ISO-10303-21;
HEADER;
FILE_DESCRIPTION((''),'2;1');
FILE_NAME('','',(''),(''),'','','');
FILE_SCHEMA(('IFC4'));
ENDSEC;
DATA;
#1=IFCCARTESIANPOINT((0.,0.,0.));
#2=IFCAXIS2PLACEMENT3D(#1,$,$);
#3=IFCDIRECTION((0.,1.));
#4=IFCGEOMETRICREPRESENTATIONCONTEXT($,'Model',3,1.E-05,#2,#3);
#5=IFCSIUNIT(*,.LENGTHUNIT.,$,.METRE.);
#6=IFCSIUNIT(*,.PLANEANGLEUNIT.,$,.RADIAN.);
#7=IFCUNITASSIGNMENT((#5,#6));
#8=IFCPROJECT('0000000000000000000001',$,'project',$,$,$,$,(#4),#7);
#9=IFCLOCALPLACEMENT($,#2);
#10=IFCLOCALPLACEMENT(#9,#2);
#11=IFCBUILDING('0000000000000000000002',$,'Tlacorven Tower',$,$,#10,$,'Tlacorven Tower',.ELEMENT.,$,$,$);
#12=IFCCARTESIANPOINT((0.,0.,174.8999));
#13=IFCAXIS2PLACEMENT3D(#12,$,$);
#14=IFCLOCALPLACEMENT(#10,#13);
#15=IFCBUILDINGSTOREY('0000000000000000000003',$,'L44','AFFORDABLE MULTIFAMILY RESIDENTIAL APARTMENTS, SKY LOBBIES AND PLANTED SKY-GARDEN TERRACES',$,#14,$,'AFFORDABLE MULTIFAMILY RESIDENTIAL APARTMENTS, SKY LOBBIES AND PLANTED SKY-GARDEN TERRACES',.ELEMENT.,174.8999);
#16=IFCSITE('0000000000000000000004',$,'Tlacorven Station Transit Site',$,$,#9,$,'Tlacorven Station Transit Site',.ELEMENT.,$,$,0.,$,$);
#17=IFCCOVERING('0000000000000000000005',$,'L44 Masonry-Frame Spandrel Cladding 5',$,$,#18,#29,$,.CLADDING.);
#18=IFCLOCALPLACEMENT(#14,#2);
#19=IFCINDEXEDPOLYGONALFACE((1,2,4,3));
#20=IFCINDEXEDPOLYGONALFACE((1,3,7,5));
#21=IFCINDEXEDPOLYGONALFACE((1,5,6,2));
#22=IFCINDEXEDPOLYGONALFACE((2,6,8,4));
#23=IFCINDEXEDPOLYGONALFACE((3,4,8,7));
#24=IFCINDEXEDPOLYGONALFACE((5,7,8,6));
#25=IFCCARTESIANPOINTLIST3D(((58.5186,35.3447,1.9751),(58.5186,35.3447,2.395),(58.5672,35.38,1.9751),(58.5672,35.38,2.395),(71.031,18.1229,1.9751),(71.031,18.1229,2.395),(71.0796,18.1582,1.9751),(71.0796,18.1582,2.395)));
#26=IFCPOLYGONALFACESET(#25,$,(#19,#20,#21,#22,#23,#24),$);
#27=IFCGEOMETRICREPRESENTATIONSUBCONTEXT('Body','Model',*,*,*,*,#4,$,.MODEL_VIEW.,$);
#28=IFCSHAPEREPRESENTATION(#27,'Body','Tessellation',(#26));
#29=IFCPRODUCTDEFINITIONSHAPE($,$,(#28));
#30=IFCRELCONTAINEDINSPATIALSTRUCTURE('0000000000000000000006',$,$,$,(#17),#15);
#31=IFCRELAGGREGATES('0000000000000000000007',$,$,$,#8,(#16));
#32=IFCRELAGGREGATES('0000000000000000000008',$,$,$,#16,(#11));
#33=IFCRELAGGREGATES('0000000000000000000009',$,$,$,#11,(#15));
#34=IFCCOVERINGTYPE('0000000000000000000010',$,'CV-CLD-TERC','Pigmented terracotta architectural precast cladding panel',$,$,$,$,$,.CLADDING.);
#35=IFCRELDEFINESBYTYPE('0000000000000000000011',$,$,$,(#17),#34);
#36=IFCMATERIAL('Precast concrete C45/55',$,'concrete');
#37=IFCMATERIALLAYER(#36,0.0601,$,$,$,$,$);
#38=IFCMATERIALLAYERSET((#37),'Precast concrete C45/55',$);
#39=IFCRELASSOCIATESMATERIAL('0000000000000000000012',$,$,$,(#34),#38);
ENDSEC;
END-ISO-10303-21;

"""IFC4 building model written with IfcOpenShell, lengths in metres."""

from ifc_helpers import new_model, si_unit, direction, frame, origin, origin_2d, place, context, subcontext, project, spatial, rectangle, extrude, source, transform, mapped, material, layer, layer_set, type_object, element, save


model = new_model("IFC4")

# Units and contexts
model_context = context("Model", 3, precision=1e-05, world=origin(), true_north=direction((0.0, 1.0)))
body_context = subcontext(model_context, "Body", "Model", "MODEL_VIEW")
ifc_project = project(units=[si_unit("LENGTHUNIT", "METRE"), si_unit("PLANEANGLEUNIT", "RADIAN")], contexts=[model_context])

# Site, building, storey
site_placement = place(None, origin())
site = spatial("IfcSite", under=ifc_project, at=site_placement, Name="Tlacorven Station Transit Site", LongName="Tlacorven Station Transit Site", CompositionType="ELEMENT", RefElevation=0.0)
building_placement = place(site_placement, origin())
building = spatial("IfcBuilding", under=site, at=building_placement, Name="Tlacorven Tower", LongName="Tlacorven Tower", CompositionType="ELEMENT")
storey_placement = place(building_placement, frame((0.0, 0.0, 174.8999)))
storey = spatial("IfcBuildingStorey", under=building, at=storey_placement, Name="L44", Description="AFFORDABLE MULTIFAMILY RESIDENTIAL APARTMENTS, SKY LOBBIES AND PLANTED SKY-GARDEN TERRACES", LongName="AFFORDABLE MULTIFAMILY RESIDENTIAL APARTMENTS, SKY LOBBIES AND PLANTED SKY-GARDEN TERRACES", CompositionType="ELEMENT", Elevation=174.8999)

# Covering
ifc_material_1 = material(Name="Precast concrete C45/55", Category="concrete")
ifc_layer_1 = layer(ifc_material_1, 0.0601)
ifc_layer_set_1 = layer_set([ifc_layer_1], Name="Precast concrete C45/55")
covering_type = type_object("IfcCoveringType", Name="CV-CLD-TERC", Description="Pigmented terracotta architectural precast cladding panel", PredefinedType="CLADDING", material=ifc_layer_set_1)
shared_shape_1 = source(origin(), body_context, "Body", "SweptSolid", [
    extrude(rectangle(XDim=21.2874, YDim=0.0601, at=origin_2d()), origin(), (0.0, 0.0, 1.0), 0.4199),
])
covering_placement = place(storey_placement, frame((64.7991, 26.7515, 1.9751), z_axis=(0.0, 0.0, 1.0), x_axis=(0.587785, -0.809017, 0.0)))
element("IfcCovering", 1, at=covering_placement, inside=storey, type_object=covering_type, Name="L44 Masonry-Frame Spandrel Cladding 5", PredefinedType="CLADDING", context=body_context, shape_type="MappedRepresentation", body=[
    mapped(shared_shape_1, transform((0.0, 0.0, 0.0), scale=1.0)),
])

save(model, "model.ifc")
